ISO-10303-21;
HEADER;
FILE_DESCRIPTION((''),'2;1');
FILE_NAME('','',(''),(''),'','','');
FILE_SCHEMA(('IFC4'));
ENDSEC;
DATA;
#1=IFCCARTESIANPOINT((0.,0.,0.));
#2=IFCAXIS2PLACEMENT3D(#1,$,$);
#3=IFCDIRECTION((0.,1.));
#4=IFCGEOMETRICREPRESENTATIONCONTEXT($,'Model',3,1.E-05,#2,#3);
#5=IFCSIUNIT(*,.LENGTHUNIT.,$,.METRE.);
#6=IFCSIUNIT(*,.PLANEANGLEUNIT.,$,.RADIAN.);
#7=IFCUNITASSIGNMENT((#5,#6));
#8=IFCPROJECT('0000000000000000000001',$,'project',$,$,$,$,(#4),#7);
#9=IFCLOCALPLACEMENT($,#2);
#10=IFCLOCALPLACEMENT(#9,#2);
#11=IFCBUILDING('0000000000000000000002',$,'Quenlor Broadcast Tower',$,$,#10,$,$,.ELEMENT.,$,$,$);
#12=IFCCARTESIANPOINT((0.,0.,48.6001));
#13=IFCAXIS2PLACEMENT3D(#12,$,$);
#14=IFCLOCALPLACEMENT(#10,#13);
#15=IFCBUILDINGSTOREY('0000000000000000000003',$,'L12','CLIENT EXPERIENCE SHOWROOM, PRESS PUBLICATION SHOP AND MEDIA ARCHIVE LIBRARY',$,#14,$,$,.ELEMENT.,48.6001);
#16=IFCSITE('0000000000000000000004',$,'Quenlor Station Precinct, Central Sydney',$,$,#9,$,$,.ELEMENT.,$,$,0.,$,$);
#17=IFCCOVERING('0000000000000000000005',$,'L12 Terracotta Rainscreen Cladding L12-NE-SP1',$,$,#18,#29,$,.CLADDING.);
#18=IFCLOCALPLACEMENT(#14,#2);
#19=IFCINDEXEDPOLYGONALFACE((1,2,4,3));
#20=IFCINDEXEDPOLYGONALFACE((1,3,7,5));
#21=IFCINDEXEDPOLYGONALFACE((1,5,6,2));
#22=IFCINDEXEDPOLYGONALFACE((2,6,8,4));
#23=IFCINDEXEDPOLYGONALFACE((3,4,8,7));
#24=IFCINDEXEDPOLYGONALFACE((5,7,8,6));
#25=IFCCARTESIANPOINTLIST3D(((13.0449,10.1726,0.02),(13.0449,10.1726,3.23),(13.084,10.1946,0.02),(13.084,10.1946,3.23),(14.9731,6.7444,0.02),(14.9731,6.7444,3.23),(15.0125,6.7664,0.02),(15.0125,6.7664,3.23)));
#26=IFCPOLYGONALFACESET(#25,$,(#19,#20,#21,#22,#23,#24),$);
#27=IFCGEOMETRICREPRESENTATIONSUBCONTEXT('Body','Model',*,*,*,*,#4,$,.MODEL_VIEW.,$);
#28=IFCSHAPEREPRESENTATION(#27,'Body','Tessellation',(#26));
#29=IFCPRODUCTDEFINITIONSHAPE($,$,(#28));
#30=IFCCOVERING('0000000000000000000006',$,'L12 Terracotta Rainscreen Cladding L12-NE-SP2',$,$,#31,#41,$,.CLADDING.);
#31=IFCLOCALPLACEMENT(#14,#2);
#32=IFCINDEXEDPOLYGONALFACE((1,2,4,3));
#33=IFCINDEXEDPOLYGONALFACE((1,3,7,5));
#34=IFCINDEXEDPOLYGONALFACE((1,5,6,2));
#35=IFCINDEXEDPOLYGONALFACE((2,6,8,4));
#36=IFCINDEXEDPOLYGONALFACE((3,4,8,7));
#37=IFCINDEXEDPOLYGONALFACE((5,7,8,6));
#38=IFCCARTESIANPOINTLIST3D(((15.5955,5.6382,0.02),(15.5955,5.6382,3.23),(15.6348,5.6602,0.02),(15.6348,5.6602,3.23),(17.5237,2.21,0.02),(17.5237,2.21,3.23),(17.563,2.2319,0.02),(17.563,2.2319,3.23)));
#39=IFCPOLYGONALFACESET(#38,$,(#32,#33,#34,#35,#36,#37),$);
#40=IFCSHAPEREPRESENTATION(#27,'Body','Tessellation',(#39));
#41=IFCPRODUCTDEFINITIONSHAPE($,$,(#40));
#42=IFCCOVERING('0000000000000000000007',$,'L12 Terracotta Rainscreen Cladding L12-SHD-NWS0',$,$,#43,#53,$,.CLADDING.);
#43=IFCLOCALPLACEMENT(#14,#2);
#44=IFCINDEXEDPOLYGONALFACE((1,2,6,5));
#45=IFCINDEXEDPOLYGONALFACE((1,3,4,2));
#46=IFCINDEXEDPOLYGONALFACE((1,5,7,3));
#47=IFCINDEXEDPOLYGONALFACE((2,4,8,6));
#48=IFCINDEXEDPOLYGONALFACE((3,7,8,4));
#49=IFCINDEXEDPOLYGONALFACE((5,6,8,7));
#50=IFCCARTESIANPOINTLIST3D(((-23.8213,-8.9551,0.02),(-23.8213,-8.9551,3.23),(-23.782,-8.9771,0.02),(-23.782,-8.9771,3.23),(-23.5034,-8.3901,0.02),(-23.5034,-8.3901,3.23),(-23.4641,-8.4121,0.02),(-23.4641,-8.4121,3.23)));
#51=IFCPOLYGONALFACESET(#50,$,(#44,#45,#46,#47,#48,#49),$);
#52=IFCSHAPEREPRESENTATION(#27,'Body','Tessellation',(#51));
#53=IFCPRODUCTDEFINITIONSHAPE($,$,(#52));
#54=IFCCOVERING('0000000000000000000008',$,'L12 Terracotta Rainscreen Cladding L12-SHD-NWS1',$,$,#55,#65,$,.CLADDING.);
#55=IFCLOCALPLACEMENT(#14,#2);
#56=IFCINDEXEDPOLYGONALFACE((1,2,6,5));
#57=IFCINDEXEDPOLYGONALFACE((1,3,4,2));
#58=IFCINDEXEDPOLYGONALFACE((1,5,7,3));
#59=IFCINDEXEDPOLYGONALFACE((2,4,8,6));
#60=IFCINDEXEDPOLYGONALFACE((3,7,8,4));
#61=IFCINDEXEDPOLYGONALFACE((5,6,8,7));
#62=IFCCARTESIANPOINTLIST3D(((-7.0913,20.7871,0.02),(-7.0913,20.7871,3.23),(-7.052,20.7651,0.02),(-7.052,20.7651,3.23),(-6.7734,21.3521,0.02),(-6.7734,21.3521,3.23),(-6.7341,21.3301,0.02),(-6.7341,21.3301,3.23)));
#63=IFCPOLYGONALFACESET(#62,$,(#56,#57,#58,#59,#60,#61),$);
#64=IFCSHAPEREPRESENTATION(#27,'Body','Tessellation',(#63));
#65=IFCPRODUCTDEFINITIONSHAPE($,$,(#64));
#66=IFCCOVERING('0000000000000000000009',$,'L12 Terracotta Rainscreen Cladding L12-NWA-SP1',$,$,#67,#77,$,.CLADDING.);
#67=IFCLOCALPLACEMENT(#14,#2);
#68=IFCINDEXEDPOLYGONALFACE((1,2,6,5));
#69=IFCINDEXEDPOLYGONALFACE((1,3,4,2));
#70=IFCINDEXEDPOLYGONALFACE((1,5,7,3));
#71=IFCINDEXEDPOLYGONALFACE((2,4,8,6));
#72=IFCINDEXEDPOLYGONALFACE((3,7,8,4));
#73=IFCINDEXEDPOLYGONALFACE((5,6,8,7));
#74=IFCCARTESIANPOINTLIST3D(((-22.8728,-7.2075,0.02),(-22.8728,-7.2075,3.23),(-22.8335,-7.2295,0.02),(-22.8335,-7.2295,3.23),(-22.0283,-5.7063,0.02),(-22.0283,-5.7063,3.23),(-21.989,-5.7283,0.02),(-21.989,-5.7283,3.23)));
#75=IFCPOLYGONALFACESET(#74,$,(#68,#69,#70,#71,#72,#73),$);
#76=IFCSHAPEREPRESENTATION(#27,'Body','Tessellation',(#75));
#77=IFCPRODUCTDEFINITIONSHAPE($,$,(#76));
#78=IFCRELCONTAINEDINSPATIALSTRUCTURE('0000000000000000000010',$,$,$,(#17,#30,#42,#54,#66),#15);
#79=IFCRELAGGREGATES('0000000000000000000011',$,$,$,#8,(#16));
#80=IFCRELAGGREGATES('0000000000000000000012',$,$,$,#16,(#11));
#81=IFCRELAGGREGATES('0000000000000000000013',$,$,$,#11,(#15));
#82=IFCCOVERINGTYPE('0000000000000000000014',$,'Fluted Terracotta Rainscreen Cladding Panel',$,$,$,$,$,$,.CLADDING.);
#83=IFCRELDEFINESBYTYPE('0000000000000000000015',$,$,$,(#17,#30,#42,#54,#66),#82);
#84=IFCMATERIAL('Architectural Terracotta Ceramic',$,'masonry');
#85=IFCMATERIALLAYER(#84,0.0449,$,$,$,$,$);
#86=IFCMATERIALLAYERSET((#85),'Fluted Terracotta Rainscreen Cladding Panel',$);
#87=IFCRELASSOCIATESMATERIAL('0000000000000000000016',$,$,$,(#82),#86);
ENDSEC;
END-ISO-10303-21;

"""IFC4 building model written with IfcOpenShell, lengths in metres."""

from ifc_helpers import new_model, si_unit, direction, frame, origin, place, context, subcontext, project, spatial, polyline, outline, extrude, material, layer, layer_set, type_object, element, save


model = new_model("IFC4")

# Units and contexts
model_context = context("Model", 3, precision=1e-05, world=origin(), true_north=direction((0.0, 1.0)))
body_context = subcontext(model_context, "Body", "Model", "MODEL_VIEW")
ifc_project = project(units=[si_unit("LENGTHUNIT", "METRE"), si_unit("PLANEANGLEUNIT", "RADIAN")], contexts=[model_context])

# Site, building, storey
site_placement = place(None, origin())
site = spatial("IfcSite", under=ifc_project, at=site_placement, Name="Quenlor Station Precinct, Central Sydney", CompositionType="ELEMENT", RefElevation=0.0)
building_placement = place(site_placement, origin())
building = spatial("IfcBuilding", under=site, at=building_placement, Name="Quenlor Broadcast Tower", CompositionType="ELEMENT")
storey_placement = place(building_placement, frame((0.0, 0.0, 48.6001)))
storey = spatial("IfcBuildingStorey", under=building, at=storey_placement, Name="L12", Description="CLIENT EXPERIENCE SHOWROOM, PRESS PUBLICATION SHOP AND MEDIA ARCHIVE LIBRARY", CompositionType="ELEMENT", Elevation=48.6001)

# Coverings
ifc_material_1 = material(Name="Architectural Terracotta Ceramic", Category="masonry")
ifc_layer_1 = layer(ifc_material_1, 0.0449)
ifc_layer_set_1 = layer_set([ifc_layer_1], Name="Fluted Terracotta Rainscreen Cladding Panel")
covering_type = type_object("IfcCoveringType", Name="Fluted Terracotta Rainscreen Cladding Panel", PredefinedType="CLADDING", material=ifc_layer_set_1)
covering_1_placement = place(storey_placement, frame((0.0, 0.0, 0.02)))
element("IfcCovering", 1, at=covering_1_placement, inside=storey, type_object=covering_type, Name="L12 Terracotta Rainscreen Cladding L12-NE-SP1", PredefinedType="CLADDING", context=body_context, shape_type="SweptSolid", body=[
    extrude(outline(polyline([(13.0449, 10.1726), (14.9731, 6.7444), (15.0125, 6.7664), (13.084, 10.1946), (13.0449, 10.1726)])), origin(), (0.0, 0.0, 1.0), 3.21),
])
covering_2_placement = place(storey_placement, frame((0.0, 0.0, 0.02)))
element("IfcCovering", 2, at=covering_2_placement, inside=storey, type_object=covering_type, Name="L12 Terracotta Rainscreen Cladding L12-NE-SP2", PredefinedType="CLADDING", context=body_context, shape_type="SweptSolid", body=[
    extrude(outline(polyline([(15.5955, 5.6382), (17.5237, 2.21), (17.563, 2.2319), (15.6348, 5.6602), (15.5955, 5.6382)])), origin(), (0.0, 0.0, 1.0), 3.21),
])
covering_3_placement = place(storey_placement, frame((0.0, 0.0, 0.02)))
element("IfcCovering", 3, at=covering_3_placement, inside=storey, type_object=covering_type, Name="L12 Terracotta Rainscreen Cladding L12-SHD-NWS0", PredefinedType="CLADDING", context=body_context, shape_type="SweptSolid", body=[
    extrude(outline(polyline([(-23.782, -8.9771), (-23.4641, -8.4121), (-23.5034, -8.3901), (-23.8213, -8.9551), (-23.782, -8.9771)])), origin(), (0.0, 0.0, 1.0), 3.21),
])
covering_4_placement = place(storey_placement, frame((0.0, 0.0, 0.02)))
element("IfcCovering", 4, at=covering_4_placement, inside=storey, type_object=covering_type, Name="L12 Terracotta Rainscreen Cladding L12-SHD-NWS1", PredefinedType="CLADDING", context=body_context, shape_type="SweptSolid", body=[
    extrude(outline(polyline([(-7.052, 20.7651), (-6.7341, 21.3301), (-6.7734, 21.3521), (-7.0913, 20.7871), (-7.052, 20.7651)])), origin(), (0.0, 0.0, 1.0), 3.21),
])
covering_5_placement = place(storey_placement, frame((0.0, 0.0, 0.02)))
element("IfcCovering", 5, at=covering_5_placement, inside=storey, type_object=covering_type, Name="L12 Terracotta Rainscreen Cladding L12-NWA-SP1", PredefinedType="CLADDING", context=body_context, shape_type="SweptSolid", body=[
    extrude(outline(polyline([(-22.8335, -7.2295), (-21.989, -5.7283), (-22.0283, -5.7063), (-22.8728, -7.2075), (-22.8335, -7.2295)])), origin(), (0.0, 0.0, 1.0), 3.21),
])

save(model, "model.ifc")
